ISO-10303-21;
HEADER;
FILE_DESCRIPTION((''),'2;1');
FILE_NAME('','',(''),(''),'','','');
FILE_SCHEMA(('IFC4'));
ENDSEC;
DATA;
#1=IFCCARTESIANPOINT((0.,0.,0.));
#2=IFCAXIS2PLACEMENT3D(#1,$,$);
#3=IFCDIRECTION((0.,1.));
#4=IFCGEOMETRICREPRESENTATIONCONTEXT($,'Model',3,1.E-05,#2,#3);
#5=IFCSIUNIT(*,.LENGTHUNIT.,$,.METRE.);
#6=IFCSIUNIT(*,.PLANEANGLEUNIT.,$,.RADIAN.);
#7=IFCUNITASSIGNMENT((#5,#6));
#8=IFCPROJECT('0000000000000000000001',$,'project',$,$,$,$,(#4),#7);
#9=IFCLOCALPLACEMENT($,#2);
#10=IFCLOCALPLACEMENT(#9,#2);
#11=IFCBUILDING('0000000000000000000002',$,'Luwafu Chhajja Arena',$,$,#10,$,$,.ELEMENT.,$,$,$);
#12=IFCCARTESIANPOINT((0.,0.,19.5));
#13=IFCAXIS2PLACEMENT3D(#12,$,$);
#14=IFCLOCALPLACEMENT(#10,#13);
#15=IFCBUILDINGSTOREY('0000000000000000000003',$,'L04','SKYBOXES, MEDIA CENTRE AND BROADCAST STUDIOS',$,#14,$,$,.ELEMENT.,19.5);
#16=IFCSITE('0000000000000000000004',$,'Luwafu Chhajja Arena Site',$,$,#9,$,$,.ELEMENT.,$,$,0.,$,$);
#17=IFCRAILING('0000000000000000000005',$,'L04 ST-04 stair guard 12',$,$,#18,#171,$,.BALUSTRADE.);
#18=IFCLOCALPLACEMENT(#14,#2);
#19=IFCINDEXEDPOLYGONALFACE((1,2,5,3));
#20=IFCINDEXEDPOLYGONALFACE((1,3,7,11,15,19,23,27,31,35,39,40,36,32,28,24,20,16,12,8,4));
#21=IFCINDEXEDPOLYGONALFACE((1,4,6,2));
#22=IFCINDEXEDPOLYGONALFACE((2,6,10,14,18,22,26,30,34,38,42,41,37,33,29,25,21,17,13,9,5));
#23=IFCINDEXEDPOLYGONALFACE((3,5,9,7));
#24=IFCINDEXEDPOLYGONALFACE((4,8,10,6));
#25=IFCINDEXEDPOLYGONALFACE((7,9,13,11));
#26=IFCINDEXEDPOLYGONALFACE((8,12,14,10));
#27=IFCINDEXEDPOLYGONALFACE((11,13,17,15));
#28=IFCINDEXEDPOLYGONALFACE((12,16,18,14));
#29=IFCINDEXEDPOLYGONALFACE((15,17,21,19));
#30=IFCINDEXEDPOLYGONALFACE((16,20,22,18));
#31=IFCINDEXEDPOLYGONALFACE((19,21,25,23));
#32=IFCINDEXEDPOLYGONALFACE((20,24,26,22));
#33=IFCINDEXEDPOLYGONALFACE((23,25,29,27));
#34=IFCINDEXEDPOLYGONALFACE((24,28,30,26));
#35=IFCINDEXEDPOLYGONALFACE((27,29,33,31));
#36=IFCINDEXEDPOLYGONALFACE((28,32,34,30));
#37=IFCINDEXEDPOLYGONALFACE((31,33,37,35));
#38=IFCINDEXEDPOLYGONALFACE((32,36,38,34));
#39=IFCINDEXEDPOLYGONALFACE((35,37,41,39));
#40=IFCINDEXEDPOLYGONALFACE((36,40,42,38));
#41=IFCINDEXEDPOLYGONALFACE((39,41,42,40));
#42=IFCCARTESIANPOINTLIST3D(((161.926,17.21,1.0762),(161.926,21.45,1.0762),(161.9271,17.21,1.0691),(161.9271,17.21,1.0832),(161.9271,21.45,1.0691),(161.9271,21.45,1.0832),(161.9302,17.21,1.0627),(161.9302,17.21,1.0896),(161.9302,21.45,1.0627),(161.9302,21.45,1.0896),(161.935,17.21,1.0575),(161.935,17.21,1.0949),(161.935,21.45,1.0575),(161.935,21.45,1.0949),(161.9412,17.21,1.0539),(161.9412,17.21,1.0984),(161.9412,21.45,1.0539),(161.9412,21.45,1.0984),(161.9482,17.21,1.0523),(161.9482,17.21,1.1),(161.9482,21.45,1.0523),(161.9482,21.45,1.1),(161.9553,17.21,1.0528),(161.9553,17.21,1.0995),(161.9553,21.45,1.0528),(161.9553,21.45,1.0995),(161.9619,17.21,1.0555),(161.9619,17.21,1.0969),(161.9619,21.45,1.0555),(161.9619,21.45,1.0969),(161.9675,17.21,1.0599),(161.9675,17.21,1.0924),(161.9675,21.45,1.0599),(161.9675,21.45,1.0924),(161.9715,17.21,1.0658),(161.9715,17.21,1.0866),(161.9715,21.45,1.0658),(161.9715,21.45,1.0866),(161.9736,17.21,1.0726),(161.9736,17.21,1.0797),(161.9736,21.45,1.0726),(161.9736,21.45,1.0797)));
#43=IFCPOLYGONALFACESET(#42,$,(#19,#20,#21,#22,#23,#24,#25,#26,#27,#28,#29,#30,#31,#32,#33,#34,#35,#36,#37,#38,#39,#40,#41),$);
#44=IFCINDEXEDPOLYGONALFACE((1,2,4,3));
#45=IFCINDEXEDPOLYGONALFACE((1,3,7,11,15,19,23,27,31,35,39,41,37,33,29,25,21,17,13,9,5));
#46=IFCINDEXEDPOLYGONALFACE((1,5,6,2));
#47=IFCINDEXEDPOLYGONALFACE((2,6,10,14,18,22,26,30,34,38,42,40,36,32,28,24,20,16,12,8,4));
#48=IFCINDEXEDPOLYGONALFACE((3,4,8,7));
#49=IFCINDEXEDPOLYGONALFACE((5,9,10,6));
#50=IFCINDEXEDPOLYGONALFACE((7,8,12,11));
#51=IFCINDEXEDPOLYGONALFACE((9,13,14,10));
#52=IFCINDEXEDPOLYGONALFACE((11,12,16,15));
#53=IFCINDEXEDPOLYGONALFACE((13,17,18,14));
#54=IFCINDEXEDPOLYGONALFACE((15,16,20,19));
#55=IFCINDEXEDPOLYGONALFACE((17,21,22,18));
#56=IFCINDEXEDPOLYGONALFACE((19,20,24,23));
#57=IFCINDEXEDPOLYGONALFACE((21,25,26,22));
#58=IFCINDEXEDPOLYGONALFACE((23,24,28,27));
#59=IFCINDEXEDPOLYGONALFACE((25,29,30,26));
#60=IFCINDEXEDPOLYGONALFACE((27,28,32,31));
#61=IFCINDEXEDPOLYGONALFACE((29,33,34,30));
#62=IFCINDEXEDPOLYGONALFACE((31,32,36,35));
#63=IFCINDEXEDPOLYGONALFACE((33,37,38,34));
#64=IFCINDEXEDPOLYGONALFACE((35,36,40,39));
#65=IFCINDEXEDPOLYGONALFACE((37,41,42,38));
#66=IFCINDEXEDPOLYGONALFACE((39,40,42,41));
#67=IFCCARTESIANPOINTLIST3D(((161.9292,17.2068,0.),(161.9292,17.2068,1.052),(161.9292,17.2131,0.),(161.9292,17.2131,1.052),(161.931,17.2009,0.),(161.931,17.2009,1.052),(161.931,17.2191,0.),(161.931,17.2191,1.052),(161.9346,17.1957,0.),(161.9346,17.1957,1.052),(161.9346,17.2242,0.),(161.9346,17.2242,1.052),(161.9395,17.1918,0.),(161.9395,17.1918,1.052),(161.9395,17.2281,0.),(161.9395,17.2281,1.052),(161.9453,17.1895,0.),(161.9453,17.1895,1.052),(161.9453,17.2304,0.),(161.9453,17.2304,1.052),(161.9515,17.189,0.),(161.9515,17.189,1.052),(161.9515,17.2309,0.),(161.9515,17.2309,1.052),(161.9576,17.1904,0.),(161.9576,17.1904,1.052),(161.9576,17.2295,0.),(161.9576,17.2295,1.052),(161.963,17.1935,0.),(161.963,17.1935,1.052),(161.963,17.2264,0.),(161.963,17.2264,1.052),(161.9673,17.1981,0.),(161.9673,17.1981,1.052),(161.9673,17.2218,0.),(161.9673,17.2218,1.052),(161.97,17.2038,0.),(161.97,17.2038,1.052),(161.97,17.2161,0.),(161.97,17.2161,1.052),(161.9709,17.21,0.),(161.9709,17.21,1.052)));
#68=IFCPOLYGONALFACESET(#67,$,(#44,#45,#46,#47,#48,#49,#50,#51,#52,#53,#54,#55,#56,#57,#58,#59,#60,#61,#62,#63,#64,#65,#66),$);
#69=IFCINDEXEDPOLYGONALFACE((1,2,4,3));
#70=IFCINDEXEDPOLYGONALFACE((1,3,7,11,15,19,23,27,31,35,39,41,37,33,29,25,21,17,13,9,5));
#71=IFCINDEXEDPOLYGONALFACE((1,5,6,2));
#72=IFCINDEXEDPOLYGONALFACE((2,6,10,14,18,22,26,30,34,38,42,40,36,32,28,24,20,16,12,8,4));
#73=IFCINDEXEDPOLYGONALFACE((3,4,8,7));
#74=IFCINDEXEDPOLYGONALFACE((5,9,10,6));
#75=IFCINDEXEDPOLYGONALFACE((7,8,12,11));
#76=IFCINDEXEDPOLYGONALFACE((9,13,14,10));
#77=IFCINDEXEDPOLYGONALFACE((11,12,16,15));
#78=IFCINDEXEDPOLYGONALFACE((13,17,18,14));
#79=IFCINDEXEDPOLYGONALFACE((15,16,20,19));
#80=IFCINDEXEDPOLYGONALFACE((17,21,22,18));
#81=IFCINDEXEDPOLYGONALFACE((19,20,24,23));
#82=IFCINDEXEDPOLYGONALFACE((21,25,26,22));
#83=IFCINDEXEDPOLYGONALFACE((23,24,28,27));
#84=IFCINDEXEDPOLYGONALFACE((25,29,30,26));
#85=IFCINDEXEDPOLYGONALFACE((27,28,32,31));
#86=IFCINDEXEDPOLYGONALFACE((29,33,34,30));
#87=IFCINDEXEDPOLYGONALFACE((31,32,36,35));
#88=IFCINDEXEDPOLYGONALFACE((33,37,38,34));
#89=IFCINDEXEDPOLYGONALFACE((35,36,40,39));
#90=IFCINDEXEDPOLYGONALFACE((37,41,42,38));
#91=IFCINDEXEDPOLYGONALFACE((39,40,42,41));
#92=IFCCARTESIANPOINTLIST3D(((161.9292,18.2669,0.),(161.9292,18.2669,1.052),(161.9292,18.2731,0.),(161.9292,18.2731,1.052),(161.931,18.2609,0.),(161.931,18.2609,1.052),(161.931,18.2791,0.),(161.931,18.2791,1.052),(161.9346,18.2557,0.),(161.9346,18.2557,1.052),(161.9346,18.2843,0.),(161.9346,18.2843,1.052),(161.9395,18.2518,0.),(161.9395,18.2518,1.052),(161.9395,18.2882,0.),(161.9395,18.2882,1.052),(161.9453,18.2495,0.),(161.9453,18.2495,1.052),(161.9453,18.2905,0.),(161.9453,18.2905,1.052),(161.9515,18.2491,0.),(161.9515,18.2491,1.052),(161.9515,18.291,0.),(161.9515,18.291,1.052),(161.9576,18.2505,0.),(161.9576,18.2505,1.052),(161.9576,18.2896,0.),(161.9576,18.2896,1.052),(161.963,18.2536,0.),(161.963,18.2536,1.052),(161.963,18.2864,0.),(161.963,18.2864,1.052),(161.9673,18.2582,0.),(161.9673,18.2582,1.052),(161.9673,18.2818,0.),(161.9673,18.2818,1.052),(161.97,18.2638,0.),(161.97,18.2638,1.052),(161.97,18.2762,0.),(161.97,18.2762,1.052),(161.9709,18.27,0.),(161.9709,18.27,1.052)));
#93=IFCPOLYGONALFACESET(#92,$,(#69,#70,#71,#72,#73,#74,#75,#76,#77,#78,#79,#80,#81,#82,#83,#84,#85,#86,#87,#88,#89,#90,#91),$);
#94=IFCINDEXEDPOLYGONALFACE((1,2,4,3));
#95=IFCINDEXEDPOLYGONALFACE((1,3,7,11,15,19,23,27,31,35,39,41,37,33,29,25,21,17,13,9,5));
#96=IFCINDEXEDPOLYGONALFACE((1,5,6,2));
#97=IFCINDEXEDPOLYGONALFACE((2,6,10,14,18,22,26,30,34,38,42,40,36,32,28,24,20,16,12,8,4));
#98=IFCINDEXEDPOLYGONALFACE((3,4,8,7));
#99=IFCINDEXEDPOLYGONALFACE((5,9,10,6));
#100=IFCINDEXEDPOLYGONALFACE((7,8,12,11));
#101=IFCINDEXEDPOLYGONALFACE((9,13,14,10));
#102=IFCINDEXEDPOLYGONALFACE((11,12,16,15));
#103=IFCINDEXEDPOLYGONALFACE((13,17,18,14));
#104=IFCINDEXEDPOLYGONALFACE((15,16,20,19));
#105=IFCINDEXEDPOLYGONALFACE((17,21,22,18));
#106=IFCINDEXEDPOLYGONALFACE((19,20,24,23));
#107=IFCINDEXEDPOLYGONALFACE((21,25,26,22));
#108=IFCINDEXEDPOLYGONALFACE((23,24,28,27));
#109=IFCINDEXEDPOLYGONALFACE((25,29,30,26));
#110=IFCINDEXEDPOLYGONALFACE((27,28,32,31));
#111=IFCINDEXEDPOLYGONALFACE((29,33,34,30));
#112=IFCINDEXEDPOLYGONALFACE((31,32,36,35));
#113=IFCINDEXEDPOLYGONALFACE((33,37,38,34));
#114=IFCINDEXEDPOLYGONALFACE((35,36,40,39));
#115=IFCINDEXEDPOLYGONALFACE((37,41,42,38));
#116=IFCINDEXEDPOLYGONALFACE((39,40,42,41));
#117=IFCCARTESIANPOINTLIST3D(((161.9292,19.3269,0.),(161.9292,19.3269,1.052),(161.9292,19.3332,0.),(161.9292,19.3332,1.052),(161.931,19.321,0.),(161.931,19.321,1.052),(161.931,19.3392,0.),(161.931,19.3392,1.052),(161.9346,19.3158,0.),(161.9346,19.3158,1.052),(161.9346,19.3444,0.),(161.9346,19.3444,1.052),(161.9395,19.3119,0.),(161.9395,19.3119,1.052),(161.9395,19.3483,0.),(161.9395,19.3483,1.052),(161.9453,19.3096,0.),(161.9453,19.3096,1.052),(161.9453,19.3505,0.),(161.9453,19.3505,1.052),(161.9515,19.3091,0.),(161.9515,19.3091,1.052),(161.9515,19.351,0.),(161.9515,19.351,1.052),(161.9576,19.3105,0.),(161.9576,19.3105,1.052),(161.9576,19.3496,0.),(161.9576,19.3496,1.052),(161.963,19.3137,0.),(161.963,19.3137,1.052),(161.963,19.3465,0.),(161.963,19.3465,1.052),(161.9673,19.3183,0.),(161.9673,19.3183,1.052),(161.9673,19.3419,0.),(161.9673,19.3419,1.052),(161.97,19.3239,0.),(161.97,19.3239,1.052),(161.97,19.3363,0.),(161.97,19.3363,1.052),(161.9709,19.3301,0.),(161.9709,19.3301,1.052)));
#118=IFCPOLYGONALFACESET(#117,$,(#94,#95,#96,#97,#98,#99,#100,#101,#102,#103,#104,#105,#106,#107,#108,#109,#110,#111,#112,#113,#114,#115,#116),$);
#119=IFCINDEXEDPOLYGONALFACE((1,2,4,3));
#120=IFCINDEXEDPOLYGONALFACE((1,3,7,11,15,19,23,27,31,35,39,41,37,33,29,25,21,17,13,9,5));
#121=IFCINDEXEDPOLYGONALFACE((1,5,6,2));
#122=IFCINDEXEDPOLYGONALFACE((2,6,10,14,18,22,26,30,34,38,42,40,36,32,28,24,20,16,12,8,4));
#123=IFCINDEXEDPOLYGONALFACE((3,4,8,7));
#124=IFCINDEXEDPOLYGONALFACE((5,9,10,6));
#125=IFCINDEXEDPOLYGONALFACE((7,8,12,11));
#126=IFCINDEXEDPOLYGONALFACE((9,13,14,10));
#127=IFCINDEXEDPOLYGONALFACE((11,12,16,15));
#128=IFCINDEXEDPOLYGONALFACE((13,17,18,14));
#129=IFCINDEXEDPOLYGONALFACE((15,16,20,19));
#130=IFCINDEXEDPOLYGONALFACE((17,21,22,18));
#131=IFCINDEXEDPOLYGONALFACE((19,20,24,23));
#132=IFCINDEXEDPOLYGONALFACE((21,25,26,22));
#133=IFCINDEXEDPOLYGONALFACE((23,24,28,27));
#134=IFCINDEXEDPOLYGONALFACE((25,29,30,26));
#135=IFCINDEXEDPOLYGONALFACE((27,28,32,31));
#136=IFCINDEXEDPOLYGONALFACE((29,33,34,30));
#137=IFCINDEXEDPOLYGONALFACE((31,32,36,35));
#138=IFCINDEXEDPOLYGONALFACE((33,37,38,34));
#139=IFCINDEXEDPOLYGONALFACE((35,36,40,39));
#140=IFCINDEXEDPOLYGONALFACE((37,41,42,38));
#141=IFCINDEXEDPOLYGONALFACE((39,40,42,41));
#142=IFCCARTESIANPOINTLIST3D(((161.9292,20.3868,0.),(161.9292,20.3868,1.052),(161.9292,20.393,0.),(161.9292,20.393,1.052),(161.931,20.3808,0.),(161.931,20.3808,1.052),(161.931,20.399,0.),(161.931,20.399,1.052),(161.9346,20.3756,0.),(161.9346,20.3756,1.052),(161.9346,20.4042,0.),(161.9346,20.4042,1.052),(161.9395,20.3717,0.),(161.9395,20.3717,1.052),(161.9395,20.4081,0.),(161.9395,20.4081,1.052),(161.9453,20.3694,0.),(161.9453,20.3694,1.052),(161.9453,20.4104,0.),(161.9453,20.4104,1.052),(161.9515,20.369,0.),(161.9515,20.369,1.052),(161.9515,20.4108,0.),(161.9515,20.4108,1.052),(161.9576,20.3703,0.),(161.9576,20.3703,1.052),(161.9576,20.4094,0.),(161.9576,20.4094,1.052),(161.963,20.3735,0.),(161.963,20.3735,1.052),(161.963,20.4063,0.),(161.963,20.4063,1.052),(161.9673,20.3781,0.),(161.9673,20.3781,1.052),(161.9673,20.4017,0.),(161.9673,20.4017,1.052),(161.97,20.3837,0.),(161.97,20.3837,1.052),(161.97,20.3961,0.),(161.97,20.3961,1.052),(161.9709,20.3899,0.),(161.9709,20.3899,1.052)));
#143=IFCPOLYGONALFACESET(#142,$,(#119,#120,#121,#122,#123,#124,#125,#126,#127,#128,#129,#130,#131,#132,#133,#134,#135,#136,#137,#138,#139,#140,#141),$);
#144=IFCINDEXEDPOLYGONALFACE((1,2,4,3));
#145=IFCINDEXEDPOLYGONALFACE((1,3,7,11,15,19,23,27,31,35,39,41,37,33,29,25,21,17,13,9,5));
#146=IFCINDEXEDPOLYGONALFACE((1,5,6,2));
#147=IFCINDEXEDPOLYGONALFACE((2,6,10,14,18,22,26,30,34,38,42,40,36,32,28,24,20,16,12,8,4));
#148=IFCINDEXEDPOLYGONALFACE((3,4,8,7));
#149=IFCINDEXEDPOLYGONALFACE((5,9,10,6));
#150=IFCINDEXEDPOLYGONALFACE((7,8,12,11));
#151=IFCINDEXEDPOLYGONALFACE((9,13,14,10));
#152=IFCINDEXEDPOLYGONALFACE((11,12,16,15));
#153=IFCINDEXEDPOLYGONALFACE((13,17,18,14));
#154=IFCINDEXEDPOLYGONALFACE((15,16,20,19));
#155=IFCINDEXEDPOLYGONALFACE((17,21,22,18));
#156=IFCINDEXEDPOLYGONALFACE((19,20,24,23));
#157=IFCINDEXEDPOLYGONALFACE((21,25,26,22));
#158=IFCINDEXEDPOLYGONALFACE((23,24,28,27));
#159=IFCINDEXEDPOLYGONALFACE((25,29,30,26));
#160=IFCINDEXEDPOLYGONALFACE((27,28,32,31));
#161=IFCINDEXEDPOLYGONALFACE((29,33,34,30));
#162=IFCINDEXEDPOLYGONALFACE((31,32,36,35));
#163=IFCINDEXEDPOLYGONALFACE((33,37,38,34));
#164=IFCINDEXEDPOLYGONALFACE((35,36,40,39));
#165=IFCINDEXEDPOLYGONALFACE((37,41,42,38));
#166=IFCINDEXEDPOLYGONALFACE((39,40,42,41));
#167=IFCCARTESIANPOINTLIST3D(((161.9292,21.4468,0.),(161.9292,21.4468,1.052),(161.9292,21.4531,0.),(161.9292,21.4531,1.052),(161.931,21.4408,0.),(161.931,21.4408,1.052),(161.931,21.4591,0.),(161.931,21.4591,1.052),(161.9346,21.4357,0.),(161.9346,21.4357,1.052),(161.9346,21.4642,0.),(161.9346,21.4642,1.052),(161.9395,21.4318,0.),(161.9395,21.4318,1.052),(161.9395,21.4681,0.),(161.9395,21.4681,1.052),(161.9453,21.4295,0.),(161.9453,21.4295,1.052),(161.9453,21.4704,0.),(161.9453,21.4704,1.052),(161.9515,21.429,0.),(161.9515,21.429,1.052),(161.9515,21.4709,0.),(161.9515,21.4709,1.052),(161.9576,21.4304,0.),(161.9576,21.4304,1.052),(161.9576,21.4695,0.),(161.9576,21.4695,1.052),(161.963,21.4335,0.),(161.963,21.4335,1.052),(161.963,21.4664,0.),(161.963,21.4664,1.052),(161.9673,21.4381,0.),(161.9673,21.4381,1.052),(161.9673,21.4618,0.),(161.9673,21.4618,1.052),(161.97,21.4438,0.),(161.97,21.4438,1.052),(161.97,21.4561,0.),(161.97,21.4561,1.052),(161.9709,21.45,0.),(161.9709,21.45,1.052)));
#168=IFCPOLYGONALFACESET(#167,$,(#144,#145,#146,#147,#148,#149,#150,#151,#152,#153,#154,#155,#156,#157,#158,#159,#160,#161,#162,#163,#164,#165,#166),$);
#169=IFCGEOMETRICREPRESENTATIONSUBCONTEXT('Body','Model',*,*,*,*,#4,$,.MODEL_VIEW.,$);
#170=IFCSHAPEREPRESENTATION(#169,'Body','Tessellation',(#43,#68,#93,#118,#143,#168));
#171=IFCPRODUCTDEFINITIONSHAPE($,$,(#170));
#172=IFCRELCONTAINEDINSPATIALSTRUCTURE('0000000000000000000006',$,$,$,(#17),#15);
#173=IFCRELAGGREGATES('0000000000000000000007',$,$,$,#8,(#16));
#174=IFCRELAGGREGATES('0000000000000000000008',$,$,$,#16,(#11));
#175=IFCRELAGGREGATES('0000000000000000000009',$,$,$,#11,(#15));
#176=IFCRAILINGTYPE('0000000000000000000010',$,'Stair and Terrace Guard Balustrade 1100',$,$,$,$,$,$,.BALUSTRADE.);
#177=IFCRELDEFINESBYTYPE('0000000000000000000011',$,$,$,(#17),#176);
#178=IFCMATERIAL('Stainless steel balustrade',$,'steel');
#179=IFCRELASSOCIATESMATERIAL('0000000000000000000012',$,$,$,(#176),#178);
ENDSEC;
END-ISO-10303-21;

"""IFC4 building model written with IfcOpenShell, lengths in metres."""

from ifc_helpers import new_model, si_unit, direction, frame, origin, origin_2d, place, context, subcontext, project, spatial, circle, extrude, material, type_object, element, save


model = new_model("IFC4")

# Units and contexts
model_context = context("Model", 3, precision=1e-05, world=origin(), true_north=direction((0.0, 1.0)))
body_context = subcontext(model_context, "Body", "Model", "MODEL_VIEW")
ifc_project = project(units=[si_unit("LENGTHUNIT", "METRE"), si_unit("PLANEANGLEUNIT", "RADIAN")], contexts=[model_context])

# Site, building, storey
site_placement = place(None, origin())
site = spatial("IfcSite", under=ifc_project, at=site_placement, Name="Luwafu Chhajja Arena Site", CompositionType="ELEMENT", RefElevation=0.0)
building_placement = place(site_placement, origin())
building = spatial("IfcBuilding", under=site, at=building_placement, Name="Luwafu Chhajja Arena", CompositionType="ELEMENT")
storey_placement = place(building_placement, frame((0.0, 0.0, 19.5)))
storey = spatial("IfcBuildingStorey", under=building, at=storey_placement, Name="L04", Description="SKYBOXES, MEDIA CENTRE AND BROADCAST STUDIOS", CompositionType="ELEMENT", Elevation=19.5)

# Railing
ifc_material_1 = material(Name="Stainless steel balustrade", Category="steel")
railing_type_1 = type_object("IfcRailingType", Name="Stair and Terrace Guard Balustrade 1100", PredefinedType="BALUSTRADE", material=ifc_material_1)
railing_1_placement = place(storey_placement, frame((161.95, 17.21, 0.0)))
element("IfcRailing", 1, at=railing_1_placement, inside=storey, type_object=railing_type_1, Name="L04 ST-04 stair guard 12", PredefinedType="BALUSTRADE", context=body_context, shape_type="SweptSolid", body=[
    extrude(circle(Radius=0.0239, at=origin_2d()), frame((0.0, 0.0, 1.0762), z_axis=(0.0, 1.0, 0.0), x_axis=(-1.0, 0.0, 0.0)), (0.0, 0.0, 1.0), 4.24),
    extrude(circle(Radius=0.021, at=origin_2d()), origin(), (0.0, 0.0, 1.0), 1.052),
    extrude(circle(Radius=0.021, at=origin_2d()), frame((0.0, 1.0601, 0.0)), (0.0, 0.0, 1.0), 1.052),
    extrude(circle(Radius=0.021, at=origin_2d()), frame((0.0, 2.1201, 0.0)), (0.0, 0.0, 1.0), 1.052),
    extrude(circle(Radius=0.021, at=origin_2d()), frame((0.0, 3.1799, 0.0)), (0.0, 0.0, 1.0), 1.052),
    extrude(circle(Radius=0.021, at=origin_2d()), frame((0.0, 4.24, 0.0)), (0.0, 0.0, 1.0), 1.052),
])

save(model, "model.ifc")
